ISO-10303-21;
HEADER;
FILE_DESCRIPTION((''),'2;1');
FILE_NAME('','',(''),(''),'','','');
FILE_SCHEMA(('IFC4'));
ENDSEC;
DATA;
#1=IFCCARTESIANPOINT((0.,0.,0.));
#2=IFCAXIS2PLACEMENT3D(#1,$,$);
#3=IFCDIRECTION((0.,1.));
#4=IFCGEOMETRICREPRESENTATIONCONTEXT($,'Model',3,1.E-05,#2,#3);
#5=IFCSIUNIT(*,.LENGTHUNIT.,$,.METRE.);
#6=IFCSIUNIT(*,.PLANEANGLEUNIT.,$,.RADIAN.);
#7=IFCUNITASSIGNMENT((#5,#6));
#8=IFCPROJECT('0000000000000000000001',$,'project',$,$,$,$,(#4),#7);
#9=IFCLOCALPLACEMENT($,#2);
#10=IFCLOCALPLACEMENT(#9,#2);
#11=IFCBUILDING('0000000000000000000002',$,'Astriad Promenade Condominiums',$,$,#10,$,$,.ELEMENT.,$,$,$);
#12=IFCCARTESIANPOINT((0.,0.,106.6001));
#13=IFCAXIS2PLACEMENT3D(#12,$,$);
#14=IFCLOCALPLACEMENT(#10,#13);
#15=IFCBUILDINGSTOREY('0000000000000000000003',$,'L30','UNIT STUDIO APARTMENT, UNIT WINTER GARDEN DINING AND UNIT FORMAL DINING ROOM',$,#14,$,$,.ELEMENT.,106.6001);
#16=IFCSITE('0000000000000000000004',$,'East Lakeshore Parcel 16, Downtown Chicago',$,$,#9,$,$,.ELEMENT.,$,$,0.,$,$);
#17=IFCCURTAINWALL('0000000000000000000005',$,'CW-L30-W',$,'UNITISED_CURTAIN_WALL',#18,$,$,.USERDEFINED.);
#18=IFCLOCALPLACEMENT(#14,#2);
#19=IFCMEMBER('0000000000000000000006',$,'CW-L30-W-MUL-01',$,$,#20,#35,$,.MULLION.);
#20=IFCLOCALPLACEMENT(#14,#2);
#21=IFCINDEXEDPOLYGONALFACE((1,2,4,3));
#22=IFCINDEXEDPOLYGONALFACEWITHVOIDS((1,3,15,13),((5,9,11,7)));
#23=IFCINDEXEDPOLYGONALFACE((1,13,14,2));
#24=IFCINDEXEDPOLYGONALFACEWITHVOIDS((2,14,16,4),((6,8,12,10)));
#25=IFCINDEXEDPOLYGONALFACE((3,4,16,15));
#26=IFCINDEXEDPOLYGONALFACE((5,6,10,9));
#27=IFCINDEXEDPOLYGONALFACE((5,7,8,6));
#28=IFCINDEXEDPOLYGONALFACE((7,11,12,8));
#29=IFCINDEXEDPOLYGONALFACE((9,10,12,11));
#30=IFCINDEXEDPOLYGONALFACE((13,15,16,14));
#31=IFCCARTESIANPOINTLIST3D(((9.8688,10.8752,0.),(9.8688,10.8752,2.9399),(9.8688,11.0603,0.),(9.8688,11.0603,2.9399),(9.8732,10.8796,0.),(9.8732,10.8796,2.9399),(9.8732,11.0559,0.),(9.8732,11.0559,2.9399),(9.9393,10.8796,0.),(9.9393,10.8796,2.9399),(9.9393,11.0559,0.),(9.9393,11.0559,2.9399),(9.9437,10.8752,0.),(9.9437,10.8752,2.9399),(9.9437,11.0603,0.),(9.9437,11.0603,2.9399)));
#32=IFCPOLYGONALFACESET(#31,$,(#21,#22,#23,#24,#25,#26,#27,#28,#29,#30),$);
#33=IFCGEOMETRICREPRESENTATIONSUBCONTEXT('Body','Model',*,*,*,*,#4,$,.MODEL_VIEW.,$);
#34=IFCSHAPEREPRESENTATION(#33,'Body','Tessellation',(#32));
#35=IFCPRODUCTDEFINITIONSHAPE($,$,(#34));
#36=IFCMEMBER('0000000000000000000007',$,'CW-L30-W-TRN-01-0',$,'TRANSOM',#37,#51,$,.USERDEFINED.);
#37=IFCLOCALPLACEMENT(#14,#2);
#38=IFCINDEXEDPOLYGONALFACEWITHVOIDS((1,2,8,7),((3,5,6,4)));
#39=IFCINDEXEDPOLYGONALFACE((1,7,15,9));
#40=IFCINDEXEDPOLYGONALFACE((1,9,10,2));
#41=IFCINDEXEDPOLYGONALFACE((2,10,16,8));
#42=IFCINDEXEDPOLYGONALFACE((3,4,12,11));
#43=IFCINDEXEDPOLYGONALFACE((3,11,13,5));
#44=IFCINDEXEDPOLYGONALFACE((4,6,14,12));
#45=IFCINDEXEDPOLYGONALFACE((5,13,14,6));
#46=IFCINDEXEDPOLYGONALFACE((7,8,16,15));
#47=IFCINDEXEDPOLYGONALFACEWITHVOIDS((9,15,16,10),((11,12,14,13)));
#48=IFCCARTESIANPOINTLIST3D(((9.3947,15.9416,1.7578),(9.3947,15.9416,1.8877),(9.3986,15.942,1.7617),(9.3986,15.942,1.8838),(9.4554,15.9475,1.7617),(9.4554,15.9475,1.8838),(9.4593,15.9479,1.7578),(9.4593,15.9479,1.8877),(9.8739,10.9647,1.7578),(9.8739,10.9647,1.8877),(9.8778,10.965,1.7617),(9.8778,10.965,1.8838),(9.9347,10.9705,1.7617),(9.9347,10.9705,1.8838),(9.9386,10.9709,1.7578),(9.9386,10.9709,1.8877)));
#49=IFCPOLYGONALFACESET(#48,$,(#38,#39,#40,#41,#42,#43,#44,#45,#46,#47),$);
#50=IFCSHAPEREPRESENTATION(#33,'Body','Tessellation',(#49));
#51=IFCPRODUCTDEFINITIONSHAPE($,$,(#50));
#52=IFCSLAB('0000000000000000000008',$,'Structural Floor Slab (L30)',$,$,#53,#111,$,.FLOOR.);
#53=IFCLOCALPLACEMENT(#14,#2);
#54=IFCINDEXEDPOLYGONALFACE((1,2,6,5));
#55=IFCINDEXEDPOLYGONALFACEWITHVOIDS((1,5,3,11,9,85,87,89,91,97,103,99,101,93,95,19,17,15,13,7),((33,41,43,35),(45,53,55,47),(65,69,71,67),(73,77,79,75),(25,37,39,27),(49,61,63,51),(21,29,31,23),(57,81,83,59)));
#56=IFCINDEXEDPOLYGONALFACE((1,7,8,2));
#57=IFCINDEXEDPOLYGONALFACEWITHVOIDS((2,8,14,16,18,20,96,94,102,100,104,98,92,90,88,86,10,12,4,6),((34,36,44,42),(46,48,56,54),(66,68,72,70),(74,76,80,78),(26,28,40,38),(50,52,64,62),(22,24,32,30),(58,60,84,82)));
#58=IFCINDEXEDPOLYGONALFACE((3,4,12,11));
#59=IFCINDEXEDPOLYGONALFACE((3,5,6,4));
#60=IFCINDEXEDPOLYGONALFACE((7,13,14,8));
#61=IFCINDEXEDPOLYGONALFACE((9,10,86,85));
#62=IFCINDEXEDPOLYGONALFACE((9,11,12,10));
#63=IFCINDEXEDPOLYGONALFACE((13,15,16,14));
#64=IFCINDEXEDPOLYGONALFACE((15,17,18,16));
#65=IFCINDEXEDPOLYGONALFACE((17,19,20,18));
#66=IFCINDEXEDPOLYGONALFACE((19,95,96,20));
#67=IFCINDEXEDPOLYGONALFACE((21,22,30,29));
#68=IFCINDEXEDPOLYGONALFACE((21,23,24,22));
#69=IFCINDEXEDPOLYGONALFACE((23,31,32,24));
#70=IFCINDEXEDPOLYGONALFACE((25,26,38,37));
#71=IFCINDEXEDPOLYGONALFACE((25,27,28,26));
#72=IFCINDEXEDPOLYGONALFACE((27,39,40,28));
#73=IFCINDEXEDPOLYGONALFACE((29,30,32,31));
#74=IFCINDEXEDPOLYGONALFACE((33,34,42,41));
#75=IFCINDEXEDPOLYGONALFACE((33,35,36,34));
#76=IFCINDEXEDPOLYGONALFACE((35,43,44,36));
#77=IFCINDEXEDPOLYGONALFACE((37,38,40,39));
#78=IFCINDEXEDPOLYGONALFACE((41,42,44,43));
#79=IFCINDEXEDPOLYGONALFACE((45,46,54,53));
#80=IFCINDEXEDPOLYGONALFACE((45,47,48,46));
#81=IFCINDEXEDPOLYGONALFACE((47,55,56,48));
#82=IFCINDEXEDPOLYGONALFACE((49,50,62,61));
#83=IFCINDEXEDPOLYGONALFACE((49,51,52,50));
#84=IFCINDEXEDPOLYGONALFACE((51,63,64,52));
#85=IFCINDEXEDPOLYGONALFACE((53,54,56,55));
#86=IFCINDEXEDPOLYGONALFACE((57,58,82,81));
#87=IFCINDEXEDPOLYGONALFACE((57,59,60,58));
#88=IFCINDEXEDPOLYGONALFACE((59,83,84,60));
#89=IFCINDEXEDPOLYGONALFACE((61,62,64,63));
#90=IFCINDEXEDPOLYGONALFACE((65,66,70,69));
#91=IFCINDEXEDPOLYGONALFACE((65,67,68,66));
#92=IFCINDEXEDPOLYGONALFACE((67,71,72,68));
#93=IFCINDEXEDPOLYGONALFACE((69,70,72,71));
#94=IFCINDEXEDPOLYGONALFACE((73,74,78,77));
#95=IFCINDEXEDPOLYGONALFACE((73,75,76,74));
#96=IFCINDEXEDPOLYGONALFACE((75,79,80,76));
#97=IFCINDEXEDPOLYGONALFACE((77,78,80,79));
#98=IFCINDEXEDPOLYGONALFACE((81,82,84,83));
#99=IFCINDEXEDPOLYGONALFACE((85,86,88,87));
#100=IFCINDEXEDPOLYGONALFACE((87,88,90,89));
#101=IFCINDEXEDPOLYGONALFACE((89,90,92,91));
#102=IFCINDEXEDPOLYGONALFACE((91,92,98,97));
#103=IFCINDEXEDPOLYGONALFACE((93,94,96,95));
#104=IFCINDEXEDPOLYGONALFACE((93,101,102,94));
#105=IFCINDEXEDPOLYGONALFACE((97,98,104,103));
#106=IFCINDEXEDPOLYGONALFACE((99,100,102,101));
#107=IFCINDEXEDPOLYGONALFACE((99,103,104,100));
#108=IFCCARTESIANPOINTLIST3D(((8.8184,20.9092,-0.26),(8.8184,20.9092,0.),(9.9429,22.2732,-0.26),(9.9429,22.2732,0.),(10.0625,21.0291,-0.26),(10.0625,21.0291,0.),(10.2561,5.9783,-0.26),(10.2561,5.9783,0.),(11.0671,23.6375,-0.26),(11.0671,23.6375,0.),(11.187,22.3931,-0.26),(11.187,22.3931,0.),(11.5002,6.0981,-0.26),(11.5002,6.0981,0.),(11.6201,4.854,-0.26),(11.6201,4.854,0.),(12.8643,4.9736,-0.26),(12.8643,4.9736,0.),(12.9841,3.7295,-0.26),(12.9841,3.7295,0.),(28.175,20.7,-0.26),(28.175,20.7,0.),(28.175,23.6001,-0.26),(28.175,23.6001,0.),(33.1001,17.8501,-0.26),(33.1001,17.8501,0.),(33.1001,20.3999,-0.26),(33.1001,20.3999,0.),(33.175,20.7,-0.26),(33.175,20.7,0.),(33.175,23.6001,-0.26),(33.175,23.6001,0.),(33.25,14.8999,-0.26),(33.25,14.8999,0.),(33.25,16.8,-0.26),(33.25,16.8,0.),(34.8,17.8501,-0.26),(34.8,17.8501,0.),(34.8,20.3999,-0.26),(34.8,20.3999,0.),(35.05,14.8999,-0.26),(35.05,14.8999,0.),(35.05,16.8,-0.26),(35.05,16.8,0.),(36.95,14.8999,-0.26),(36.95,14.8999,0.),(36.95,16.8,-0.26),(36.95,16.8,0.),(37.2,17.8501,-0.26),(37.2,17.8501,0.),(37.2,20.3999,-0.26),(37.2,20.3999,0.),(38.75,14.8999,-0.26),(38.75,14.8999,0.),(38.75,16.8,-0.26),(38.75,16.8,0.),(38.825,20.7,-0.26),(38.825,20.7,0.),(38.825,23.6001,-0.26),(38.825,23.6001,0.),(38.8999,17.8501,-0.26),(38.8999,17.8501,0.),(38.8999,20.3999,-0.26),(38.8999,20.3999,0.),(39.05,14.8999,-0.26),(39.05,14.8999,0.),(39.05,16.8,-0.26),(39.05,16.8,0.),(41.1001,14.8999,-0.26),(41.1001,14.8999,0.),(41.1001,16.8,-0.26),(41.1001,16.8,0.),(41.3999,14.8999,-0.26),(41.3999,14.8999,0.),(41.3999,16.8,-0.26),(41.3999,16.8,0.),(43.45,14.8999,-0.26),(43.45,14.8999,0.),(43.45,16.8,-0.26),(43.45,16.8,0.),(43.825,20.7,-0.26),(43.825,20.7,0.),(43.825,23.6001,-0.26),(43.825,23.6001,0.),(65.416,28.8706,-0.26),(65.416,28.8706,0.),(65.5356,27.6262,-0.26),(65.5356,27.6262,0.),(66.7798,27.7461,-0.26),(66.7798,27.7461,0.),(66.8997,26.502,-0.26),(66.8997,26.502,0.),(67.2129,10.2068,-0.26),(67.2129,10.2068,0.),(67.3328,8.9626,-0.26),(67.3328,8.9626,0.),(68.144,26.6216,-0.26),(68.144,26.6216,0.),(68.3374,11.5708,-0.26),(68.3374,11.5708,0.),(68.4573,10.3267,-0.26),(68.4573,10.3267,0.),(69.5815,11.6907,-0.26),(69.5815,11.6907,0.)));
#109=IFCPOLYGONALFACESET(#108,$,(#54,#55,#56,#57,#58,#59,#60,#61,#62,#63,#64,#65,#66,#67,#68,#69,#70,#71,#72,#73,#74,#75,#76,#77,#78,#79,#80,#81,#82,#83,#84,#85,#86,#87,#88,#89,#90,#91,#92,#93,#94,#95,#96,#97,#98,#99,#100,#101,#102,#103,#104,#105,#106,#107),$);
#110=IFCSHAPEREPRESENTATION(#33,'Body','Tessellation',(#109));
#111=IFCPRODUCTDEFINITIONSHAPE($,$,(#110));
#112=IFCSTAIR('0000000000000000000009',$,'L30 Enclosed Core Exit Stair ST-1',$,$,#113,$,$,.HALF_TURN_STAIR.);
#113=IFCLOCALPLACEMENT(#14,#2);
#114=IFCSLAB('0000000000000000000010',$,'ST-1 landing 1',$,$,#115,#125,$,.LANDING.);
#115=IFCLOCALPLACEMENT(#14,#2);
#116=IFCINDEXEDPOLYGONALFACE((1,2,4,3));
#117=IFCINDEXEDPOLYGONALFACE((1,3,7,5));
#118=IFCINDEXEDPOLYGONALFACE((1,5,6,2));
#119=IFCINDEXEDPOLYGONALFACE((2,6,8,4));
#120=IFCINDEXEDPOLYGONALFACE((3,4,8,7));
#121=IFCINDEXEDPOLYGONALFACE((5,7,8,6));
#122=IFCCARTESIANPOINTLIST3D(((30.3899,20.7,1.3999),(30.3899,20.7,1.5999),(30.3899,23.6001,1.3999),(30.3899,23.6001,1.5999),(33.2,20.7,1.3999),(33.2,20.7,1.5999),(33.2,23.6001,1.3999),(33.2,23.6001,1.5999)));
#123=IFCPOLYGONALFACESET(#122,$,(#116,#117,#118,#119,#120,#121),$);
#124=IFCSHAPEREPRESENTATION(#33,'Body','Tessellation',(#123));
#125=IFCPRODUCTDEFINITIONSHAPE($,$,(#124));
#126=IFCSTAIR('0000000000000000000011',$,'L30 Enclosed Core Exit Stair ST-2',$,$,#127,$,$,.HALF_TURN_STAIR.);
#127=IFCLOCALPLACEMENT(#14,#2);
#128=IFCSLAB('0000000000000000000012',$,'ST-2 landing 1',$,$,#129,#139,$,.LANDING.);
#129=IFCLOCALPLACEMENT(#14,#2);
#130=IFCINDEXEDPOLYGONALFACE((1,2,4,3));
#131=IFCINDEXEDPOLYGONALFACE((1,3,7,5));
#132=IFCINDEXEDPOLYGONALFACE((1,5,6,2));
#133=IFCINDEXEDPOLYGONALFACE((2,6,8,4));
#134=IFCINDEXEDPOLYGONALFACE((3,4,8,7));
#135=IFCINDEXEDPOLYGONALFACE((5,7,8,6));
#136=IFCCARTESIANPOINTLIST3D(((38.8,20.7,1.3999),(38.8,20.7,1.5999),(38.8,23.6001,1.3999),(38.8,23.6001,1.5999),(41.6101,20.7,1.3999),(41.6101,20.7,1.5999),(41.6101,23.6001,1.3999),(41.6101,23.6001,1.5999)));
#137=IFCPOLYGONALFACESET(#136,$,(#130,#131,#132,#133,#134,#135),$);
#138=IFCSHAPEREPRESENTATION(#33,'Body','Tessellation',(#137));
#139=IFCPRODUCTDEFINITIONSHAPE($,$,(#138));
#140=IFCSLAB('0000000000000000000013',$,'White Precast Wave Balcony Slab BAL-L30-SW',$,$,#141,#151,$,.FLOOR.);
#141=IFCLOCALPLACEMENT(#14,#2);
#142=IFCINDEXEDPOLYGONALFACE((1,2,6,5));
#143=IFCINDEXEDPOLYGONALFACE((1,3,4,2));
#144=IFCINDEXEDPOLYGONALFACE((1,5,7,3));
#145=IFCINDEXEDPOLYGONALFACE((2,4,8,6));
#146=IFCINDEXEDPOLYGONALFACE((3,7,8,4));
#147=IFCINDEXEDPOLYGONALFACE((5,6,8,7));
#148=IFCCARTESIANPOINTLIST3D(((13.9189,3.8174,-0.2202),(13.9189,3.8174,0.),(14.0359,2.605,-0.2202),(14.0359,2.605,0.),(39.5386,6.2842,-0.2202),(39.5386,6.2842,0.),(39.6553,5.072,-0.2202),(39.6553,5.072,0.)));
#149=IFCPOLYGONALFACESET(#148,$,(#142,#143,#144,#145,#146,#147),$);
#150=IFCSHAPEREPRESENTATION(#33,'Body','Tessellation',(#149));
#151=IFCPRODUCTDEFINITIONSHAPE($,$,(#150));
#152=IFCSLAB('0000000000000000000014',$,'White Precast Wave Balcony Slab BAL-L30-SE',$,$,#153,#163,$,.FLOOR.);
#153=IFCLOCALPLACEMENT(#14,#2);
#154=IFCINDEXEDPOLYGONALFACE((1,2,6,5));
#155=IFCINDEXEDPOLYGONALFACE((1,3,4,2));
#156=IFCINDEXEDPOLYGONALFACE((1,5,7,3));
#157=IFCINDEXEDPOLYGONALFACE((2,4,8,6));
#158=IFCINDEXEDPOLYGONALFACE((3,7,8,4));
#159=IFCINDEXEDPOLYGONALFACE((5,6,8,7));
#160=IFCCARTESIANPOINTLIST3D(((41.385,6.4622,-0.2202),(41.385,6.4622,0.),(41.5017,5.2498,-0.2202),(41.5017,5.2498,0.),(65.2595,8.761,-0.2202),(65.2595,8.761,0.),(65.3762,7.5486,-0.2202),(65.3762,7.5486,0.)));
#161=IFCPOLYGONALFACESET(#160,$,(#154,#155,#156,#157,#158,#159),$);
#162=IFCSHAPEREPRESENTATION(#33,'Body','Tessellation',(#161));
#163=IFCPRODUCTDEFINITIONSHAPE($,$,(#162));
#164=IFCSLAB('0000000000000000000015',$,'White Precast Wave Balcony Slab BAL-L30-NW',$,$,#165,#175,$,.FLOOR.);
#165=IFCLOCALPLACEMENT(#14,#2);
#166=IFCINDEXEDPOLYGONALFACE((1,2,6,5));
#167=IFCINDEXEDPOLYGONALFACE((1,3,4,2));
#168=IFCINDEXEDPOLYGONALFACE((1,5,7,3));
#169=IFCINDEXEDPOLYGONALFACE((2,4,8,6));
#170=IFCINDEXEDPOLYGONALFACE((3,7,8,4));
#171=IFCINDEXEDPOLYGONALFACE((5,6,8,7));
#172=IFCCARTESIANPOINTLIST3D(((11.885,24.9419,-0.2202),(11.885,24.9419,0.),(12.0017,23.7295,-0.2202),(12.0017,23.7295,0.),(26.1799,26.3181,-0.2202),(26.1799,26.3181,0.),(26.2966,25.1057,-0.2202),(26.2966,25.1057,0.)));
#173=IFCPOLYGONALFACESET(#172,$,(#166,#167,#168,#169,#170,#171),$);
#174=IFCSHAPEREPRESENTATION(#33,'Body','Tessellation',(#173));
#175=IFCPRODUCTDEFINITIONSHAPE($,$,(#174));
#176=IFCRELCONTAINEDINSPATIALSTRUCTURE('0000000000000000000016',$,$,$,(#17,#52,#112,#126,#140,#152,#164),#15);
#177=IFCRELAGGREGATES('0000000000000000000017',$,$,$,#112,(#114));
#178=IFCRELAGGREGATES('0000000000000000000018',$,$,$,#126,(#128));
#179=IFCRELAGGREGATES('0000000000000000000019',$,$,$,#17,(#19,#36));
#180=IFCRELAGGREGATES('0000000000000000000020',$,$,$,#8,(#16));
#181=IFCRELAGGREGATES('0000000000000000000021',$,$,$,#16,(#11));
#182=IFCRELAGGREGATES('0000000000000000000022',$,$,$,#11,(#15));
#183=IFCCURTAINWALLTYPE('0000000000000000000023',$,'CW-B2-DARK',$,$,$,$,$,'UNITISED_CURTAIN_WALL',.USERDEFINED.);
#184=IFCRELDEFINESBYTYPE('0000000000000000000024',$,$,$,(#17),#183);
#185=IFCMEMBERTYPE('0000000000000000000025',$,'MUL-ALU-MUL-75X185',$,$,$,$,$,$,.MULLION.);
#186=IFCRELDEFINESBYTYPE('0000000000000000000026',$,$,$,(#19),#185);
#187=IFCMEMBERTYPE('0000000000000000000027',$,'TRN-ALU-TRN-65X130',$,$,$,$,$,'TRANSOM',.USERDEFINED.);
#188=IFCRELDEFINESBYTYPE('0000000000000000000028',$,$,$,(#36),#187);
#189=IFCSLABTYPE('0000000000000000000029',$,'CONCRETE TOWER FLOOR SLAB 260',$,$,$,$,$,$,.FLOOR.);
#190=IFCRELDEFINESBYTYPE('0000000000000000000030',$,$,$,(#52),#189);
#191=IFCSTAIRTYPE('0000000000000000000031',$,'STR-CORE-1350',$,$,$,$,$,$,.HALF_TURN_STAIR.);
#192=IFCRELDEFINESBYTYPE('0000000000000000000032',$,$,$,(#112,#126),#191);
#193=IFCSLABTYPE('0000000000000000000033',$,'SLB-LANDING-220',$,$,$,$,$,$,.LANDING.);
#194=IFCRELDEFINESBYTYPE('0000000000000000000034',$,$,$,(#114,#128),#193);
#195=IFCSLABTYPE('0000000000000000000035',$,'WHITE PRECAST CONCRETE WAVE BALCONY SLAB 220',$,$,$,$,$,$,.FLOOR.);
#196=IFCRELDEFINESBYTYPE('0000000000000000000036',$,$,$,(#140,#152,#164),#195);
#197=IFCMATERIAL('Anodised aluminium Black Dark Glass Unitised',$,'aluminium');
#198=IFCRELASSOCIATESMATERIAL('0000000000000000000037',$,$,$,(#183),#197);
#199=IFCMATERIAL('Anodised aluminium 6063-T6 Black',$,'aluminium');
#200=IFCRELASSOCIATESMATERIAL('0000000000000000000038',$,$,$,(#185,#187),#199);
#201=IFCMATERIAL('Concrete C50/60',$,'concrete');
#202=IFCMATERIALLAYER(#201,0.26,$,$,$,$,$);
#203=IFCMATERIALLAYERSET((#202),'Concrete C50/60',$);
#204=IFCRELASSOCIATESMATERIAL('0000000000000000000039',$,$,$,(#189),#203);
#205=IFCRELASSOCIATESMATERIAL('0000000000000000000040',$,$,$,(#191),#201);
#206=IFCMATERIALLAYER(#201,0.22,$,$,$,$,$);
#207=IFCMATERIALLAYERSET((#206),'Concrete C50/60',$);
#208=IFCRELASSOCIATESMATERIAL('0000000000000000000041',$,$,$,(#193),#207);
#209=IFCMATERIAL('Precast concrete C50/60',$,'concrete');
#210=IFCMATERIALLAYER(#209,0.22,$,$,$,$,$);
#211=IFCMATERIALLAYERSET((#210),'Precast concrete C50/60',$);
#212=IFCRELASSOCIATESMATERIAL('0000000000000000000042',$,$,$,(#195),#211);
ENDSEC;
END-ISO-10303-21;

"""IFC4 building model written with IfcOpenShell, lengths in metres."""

from ifc_helpers import new_model, si_unit, direction, frame, origin, origin_2d, place, context, subcontext, project, spatial, polyline, hollow_rectangle, outline, extrude, source, transform, mapped, material, layer, layer_set, material_profile, profile_set, type_object, type_shapes, element, aggregate, save


model = new_model("IFC4")

# Units and contexts
model_context = context("Model", 3, precision=1e-05, world=origin(), true_north=direction((0.0, 1.0)))
body_context = subcontext(model_context, "Body", "Model", "MODEL_VIEW")
ifc_project = project(units=[si_unit("LENGTHUNIT", "METRE"), si_unit("PLANEANGLEUNIT", "RADIAN")], contexts=[model_context])

# Site, building, storey
site_placement = place(None, origin())
site = spatial("IfcSite", under=ifc_project, at=site_placement, Name="East Lakeshore Parcel 16, Downtown Chicago", CompositionType="ELEMENT", RefElevation=0.0)
building_placement = place(site_placement, origin())
building = spatial("IfcBuilding", under=site, at=building_placement, Name="Astriad Promenade Condominiums", CompositionType="ELEMENT")
storey_placement = place(building_placement, frame((0.0, 0.0, 106.6001)))
storey = spatial("IfcBuildingStorey", under=building, at=storey_placement, Name="L30", Description="UNIT STUDIO APARTMENT, UNIT WINTER GARDEN DINING AND UNIT FORMAL DINING ROOM", CompositionType="ELEMENT", Elevation=106.6001)

# Curtain wall, members
ifc_material_1 = material(Name="Anodised aluminium Black Dark Glass Unitised", Category="aluminium")
curtain_wall_type = type_object("IfcCurtainWallType", Name="CW-B2-DARK", ElementType="UNITISED_CURTAIN_WALL", PredefinedType="USERDEFINED", material=ifc_material_1)
curtain_wall_placement = place(storey_placement, origin())
curtain_wall = element("IfcCurtainWall", 1, at=curtain_wall_placement, inside=storey, type_object=curtain_wall_type, Name="CW-L30-W", ObjectType="UNITISED_CURTAIN_WALL", PredefinedType="USERDEFINED")
ifc_material_2 = material(Name="Anodised aluminium 6063-T6 Black", Category="aluminium")
ifc_material_profile_1 = material_profile(ifc_material_2, hollow_rectangle(XDim=0.075, YDim=0.1851, WallThickness=0.0044, at=origin_2d()), Name="ALU-MUL-75X185")
ifc_profile_set_1 = profile_set([ifc_material_profile_1], Name="Anodised aluminium 6063-T6 Black")
member_type_1 = type_object("IfcMemberType", Name="MUL-ALU-MUL-75X185", PredefinedType="MULLION", material=ifc_profile_set_1)
shared_shape_1 = source(origin(), body_context, "Body", "SweptSolid", [
    extrude(hollow_rectangle(XDim=0.075, YDim=0.1851, WallThickness=0.0044, at=origin_2d()), origin(), (0.0, 0.0, 1.0), 2.9399),
])
type_shapes(member_type_1, [shared_shape_1])
member_1_placement = place(storey_placement, frame((9.9062, 10.9678, 0.0), z_axis=(0.0, 0.0, 1.0), x_axis=(1.0, 0.0, 0.0)))
member_1 = element("IfcMember", 2, at=member_1_placement, type_object=member_type_1, Name="CW-L30-W-MUL-01", PredefinedType="MULLION", context=body_context, shape_type="MappedRepresentation", body=[
    mapped(shared_shape_1, transform((0.0, 0.0, 0.0), scale=1.0)),
])
ifc_material_profile_2 = material_profile(ifc_material_2, hollow_rectangle(XDim=0.0649, YDim=0.1299, WallThickness=0.0039, at=origin_2d()), Name="ALU-TRN-65X130")
ifc_profile_set_2 = profile_set([ifc_material_profile_2], Name="Anodised aluminium 6063-T6 Black")
member_type_2 = type_object("IfcMemberType", Name="TRN-ALU-TRN-65X130", ElementType="TRANSOM", PredefinedType="USERDEFINED", material=ifc_profile_set_2)
shared_shape_2 = source(origin(), body_context, "Body", "SweptSolid", [
    extrude(hollow_rectangle(XDim=0.0649, YDim=0.1299, WallThickness=0.0039, at=origin_2d()), origin(), (0.0, 0.0, 1.0), 5.0),
])
type_shapes(member_type_2, [shared_shape_2])
member_2_placement = place(storey_placement, frame((9.9062, 10.9678, 1.8228), z_axis=(-0.095848, 0.995396, 0.0), x_axis=(-0.995396, -0.095848, 0.0)))
member_2 = element("IfcMember", 3, at=member_2_placement, type_object=member_type_2, Name="CW-L30-W-TRN-01-0", ObjectType="TRANSOM", PredefinedType="USERDEFINED", context=body_context, shape_type="MappedRepresentation", body=[
    mapped(shared_shape_2, transform((0.0, 0.0, 0.0), scale=1.0)),
])

# Slab
ifc_material_3 = material(Name="Concrete C50/60", Category="concrete")
ifc_layer_1 = layer(ifc_material_3, 0.26)
ifc_layer_set_1 = layer_set([ifc_layer_1], Name="Concrete C50/60")
slab_type_1 = type_object("IfcSlabType", Name="CONCRETE TOWER FLOOR SLAB 260", PredefinedType="FLOOR", material=ifc_layer_set_1)
slab_1_placement = place(storey_placement, frame((0.0, 0.0, -0.26)))
element("IfcSlab", 4, at=slab_1_placement, inside=storey, type_object=slab_type_1, Name="Structural Floor Slab (L30)", PredefinedType="FLOOR", context=body_context, shape_type="SweptSolid", body=[
    extrude(outline(polyline([(12.9841, 3.7295), (67.3328, 8.9626), (67.2129, 10.2068), (68.4573, 10.3267), (68.3374, 11.5708), (69.5815, 11.6907), (68.144, 26.6216), (66.8997, 26.502), (66.7798, 27.7461), (65.5356, 27.6262), (65.416, 28.8706), (11.0671, 23.6375), (11.187, 22.3931), (9.9429, 22.2732), (10.0625, 21.0291), (8.8184, 20.9092), (10.2561, 5.9783), (11.5002, 6.0981), (11.6201, 4.854), (12.8643, 4.9736), (12.9841, 3.7295)]), holes=[polyline([(28.175, 20.7), (33.175, 20.7), (33.175, 23.6001), (28.175, 23.6001), (28.175, 20.7)]), polyline([(38.825, 20.7), (43.825, 20.7), (43.825, 23.6001), (38.825, 23.6001), (38.825, 20.7)]), polyline([(33.1001, 17.8501), (34.8, 17.8501), (34.8, 20.3999), (33.1001, 20.3999), (33.1001, 17.8501)]), polyline([(37.2, 17.8501), (38.8999, 17.8501), (38.8999, 20.3999), (37.2, 20.3999), (37.2, 17.8501)]), polyline([(33.25, 14.8999), (35.05, 14.8999), (35.05, 16.8), (33.25, 16.8), (33.25, 14.8999)]), polyline([(36.95, 14.8999), (38.75, 14.8999), (38.75, 16.8), (36.95, 16.8), (36.95, 14.8999)]), polyline([(39.05, 14.8999), (41.1001, 14.8999), (41.1001, 16.8), (39.05, 16.8), (39.05, 14.8999)]), polyline([(41.3999, 14.8999), (43.45, 14.8999), (43.45, 16.8), (41.3999, 16.8), (41.3999, 14.8999)])]), origin(), (0.0, 0.0, 1.0), 0.26),
])

# Stairs, slabs
stair_type = type_object("IfcStairType", Name="STR-CORE-1350", PredefinedType="HALF_TURN_STAIR", material=ifc_material_3)
stair_1_placement = place(storey_placement, origin())
stair_1 = element("IfcStair", 5, at=stair_1_placement, inside=storey, type_object=stair_type, Name="L30 Enclosed Core Exit Stair ST-1", PredefinedType="HALF_TURN_STAIR")
ifc_layer_2 = layer(ifc_material_3, 0.22)
ifc_layer_set_2 = layer_set([ifc_layer_2], Name="Concrete C50/60")
slab_type_2 = type_object("IfcSlabType", Name="SLB-LANDING-220", PredefinedType="LANDING", material=ifc_layer_set_2)
slab_2_placement = place(storey_placement, frame((0.0, 0.0, 1.3999)))
slab_2 = element("IfcSlab", 6, at=slab_2_placement, type_object=slab_type_2, Name="ST-1 landing 1", PredefinedType="LANDING", context=body_context, shape_type="SweptSolid", body=[
    extrude(outline(polyline([(30.3899, 20.7), (33.2, 20.7), (33.2, 23.6001), (30.3899, 23.6001), (30.3899, 20.7)])), origin(), (0.0, 0.0, 1.0), 0.2),
])
aggregate(stair_1, [slab_2])
stair_2_placement = place(storey_placement, origin())
stair_2 = element("IfcStair", 7, at=stair_2_placement, inside=storey, type_object=stair_type, Name="L30 Enclosed Core Exit Stair ST-2", PredefinedType="HALF_TURN_STAIR")
slab_3_placement = place(storey_placement, frame((0.0, 0.0, 1.3999)))
slab_3 = element("IfcSlab", 8, at=slab_3_placement, type_object=slab_type_2, Name="ST-2 landing 1", PredefinedType="LANDING", context=body_context, shape_type="SweptSolid", body=[
    extrude(outline(polyline([(41.6101, 23.6001), (38.8, 23.6001), (38.8, 20.7), (41.6101, 20.7), (41.6101, 23.6001)])), origin(), (0.0, 0.0, 1.0), 0.2),
])
aggregate(stair_2, [slab_3])

# Slabs
ifc_material_4 = material(Name="Precast concrete C50/60", Category="concrete")
ifc_layer_3 = layer(ifc_material_4, 0.22)
ifc_layer_set_3 = layer_set([ifc_layer_3], Name="Precast concrete C50/60")
slab_type_3 = type_object("IfcSlabType", Name="WHITE PRECAST CONCRETE WAVE BALCONY SLAB 220", PredefinedType="FLOOR", material=ifc_layer_set_3)
slab_4_placement = place(storey_placement, frame((0.0, 0.0, -0.2202)))
element("IfcSlab", 9, at=slab_4_placement, inside=storey, type_object=slab_type_3, Name="White Precast Wave Balcony Slab BAL-L30-SW", PredefinedType="FLOOR", context=body_context, shape_type="SweptSolid", body=[
    extrude(outline(polyline([(39.6553, 5.072), (14.0359, 2.605), (13.9189, 3.8174), (39.5386, 6.2842), (39.6553, 5.072)])), origin(), (0.0, 0.0, 1.0), 0.2202),
])
slab_5_placement = place(storey_placement, frame((0.0, 0.0, -0.2202)))
element("IfcSlab", 10, at=slab_5_placement, inside=storey, type_object=slab_type_3, Name="White Precast Wave Balcony Slab BAL-L30-SE", PredefinedType="FLOOR", context=body_context, shape_type="SweptSolid", body=[
    extrude(outline(polyline([(65.3762, 7.5486), (41.5017, 5.2498), (41.385, 6.4622), (65.2595, 8.761), (65.3762, 7.5486)])), origin(), (0.0, 0.0, 1.0), 0.2202),
])
slab_6_placement = place(storey_placement, frame((0.0, 0.0, -0.2202)))
element("IfcSlab", 11, at=slab_6_placement, inside=storey, type_object=slab_type_3, Name="White Precast Wave Balcony Slab BAL-L30-NW", PredefinedType="FLOOR", context=body_context, shape_type="SweptSolid", body=[
    extrude(outline(polyline([(11.885, 24.9419), (26.1799, 26.3181), (26.2966, 25.1057), (12.0017, 23.7295), (11.885, 24.9419)])), origin(), (0.0, 0.0, 1.0), 0.2202),
])

aggregate(curtain_wall, [member_1, member_2])

save(model, "model.ifc")
